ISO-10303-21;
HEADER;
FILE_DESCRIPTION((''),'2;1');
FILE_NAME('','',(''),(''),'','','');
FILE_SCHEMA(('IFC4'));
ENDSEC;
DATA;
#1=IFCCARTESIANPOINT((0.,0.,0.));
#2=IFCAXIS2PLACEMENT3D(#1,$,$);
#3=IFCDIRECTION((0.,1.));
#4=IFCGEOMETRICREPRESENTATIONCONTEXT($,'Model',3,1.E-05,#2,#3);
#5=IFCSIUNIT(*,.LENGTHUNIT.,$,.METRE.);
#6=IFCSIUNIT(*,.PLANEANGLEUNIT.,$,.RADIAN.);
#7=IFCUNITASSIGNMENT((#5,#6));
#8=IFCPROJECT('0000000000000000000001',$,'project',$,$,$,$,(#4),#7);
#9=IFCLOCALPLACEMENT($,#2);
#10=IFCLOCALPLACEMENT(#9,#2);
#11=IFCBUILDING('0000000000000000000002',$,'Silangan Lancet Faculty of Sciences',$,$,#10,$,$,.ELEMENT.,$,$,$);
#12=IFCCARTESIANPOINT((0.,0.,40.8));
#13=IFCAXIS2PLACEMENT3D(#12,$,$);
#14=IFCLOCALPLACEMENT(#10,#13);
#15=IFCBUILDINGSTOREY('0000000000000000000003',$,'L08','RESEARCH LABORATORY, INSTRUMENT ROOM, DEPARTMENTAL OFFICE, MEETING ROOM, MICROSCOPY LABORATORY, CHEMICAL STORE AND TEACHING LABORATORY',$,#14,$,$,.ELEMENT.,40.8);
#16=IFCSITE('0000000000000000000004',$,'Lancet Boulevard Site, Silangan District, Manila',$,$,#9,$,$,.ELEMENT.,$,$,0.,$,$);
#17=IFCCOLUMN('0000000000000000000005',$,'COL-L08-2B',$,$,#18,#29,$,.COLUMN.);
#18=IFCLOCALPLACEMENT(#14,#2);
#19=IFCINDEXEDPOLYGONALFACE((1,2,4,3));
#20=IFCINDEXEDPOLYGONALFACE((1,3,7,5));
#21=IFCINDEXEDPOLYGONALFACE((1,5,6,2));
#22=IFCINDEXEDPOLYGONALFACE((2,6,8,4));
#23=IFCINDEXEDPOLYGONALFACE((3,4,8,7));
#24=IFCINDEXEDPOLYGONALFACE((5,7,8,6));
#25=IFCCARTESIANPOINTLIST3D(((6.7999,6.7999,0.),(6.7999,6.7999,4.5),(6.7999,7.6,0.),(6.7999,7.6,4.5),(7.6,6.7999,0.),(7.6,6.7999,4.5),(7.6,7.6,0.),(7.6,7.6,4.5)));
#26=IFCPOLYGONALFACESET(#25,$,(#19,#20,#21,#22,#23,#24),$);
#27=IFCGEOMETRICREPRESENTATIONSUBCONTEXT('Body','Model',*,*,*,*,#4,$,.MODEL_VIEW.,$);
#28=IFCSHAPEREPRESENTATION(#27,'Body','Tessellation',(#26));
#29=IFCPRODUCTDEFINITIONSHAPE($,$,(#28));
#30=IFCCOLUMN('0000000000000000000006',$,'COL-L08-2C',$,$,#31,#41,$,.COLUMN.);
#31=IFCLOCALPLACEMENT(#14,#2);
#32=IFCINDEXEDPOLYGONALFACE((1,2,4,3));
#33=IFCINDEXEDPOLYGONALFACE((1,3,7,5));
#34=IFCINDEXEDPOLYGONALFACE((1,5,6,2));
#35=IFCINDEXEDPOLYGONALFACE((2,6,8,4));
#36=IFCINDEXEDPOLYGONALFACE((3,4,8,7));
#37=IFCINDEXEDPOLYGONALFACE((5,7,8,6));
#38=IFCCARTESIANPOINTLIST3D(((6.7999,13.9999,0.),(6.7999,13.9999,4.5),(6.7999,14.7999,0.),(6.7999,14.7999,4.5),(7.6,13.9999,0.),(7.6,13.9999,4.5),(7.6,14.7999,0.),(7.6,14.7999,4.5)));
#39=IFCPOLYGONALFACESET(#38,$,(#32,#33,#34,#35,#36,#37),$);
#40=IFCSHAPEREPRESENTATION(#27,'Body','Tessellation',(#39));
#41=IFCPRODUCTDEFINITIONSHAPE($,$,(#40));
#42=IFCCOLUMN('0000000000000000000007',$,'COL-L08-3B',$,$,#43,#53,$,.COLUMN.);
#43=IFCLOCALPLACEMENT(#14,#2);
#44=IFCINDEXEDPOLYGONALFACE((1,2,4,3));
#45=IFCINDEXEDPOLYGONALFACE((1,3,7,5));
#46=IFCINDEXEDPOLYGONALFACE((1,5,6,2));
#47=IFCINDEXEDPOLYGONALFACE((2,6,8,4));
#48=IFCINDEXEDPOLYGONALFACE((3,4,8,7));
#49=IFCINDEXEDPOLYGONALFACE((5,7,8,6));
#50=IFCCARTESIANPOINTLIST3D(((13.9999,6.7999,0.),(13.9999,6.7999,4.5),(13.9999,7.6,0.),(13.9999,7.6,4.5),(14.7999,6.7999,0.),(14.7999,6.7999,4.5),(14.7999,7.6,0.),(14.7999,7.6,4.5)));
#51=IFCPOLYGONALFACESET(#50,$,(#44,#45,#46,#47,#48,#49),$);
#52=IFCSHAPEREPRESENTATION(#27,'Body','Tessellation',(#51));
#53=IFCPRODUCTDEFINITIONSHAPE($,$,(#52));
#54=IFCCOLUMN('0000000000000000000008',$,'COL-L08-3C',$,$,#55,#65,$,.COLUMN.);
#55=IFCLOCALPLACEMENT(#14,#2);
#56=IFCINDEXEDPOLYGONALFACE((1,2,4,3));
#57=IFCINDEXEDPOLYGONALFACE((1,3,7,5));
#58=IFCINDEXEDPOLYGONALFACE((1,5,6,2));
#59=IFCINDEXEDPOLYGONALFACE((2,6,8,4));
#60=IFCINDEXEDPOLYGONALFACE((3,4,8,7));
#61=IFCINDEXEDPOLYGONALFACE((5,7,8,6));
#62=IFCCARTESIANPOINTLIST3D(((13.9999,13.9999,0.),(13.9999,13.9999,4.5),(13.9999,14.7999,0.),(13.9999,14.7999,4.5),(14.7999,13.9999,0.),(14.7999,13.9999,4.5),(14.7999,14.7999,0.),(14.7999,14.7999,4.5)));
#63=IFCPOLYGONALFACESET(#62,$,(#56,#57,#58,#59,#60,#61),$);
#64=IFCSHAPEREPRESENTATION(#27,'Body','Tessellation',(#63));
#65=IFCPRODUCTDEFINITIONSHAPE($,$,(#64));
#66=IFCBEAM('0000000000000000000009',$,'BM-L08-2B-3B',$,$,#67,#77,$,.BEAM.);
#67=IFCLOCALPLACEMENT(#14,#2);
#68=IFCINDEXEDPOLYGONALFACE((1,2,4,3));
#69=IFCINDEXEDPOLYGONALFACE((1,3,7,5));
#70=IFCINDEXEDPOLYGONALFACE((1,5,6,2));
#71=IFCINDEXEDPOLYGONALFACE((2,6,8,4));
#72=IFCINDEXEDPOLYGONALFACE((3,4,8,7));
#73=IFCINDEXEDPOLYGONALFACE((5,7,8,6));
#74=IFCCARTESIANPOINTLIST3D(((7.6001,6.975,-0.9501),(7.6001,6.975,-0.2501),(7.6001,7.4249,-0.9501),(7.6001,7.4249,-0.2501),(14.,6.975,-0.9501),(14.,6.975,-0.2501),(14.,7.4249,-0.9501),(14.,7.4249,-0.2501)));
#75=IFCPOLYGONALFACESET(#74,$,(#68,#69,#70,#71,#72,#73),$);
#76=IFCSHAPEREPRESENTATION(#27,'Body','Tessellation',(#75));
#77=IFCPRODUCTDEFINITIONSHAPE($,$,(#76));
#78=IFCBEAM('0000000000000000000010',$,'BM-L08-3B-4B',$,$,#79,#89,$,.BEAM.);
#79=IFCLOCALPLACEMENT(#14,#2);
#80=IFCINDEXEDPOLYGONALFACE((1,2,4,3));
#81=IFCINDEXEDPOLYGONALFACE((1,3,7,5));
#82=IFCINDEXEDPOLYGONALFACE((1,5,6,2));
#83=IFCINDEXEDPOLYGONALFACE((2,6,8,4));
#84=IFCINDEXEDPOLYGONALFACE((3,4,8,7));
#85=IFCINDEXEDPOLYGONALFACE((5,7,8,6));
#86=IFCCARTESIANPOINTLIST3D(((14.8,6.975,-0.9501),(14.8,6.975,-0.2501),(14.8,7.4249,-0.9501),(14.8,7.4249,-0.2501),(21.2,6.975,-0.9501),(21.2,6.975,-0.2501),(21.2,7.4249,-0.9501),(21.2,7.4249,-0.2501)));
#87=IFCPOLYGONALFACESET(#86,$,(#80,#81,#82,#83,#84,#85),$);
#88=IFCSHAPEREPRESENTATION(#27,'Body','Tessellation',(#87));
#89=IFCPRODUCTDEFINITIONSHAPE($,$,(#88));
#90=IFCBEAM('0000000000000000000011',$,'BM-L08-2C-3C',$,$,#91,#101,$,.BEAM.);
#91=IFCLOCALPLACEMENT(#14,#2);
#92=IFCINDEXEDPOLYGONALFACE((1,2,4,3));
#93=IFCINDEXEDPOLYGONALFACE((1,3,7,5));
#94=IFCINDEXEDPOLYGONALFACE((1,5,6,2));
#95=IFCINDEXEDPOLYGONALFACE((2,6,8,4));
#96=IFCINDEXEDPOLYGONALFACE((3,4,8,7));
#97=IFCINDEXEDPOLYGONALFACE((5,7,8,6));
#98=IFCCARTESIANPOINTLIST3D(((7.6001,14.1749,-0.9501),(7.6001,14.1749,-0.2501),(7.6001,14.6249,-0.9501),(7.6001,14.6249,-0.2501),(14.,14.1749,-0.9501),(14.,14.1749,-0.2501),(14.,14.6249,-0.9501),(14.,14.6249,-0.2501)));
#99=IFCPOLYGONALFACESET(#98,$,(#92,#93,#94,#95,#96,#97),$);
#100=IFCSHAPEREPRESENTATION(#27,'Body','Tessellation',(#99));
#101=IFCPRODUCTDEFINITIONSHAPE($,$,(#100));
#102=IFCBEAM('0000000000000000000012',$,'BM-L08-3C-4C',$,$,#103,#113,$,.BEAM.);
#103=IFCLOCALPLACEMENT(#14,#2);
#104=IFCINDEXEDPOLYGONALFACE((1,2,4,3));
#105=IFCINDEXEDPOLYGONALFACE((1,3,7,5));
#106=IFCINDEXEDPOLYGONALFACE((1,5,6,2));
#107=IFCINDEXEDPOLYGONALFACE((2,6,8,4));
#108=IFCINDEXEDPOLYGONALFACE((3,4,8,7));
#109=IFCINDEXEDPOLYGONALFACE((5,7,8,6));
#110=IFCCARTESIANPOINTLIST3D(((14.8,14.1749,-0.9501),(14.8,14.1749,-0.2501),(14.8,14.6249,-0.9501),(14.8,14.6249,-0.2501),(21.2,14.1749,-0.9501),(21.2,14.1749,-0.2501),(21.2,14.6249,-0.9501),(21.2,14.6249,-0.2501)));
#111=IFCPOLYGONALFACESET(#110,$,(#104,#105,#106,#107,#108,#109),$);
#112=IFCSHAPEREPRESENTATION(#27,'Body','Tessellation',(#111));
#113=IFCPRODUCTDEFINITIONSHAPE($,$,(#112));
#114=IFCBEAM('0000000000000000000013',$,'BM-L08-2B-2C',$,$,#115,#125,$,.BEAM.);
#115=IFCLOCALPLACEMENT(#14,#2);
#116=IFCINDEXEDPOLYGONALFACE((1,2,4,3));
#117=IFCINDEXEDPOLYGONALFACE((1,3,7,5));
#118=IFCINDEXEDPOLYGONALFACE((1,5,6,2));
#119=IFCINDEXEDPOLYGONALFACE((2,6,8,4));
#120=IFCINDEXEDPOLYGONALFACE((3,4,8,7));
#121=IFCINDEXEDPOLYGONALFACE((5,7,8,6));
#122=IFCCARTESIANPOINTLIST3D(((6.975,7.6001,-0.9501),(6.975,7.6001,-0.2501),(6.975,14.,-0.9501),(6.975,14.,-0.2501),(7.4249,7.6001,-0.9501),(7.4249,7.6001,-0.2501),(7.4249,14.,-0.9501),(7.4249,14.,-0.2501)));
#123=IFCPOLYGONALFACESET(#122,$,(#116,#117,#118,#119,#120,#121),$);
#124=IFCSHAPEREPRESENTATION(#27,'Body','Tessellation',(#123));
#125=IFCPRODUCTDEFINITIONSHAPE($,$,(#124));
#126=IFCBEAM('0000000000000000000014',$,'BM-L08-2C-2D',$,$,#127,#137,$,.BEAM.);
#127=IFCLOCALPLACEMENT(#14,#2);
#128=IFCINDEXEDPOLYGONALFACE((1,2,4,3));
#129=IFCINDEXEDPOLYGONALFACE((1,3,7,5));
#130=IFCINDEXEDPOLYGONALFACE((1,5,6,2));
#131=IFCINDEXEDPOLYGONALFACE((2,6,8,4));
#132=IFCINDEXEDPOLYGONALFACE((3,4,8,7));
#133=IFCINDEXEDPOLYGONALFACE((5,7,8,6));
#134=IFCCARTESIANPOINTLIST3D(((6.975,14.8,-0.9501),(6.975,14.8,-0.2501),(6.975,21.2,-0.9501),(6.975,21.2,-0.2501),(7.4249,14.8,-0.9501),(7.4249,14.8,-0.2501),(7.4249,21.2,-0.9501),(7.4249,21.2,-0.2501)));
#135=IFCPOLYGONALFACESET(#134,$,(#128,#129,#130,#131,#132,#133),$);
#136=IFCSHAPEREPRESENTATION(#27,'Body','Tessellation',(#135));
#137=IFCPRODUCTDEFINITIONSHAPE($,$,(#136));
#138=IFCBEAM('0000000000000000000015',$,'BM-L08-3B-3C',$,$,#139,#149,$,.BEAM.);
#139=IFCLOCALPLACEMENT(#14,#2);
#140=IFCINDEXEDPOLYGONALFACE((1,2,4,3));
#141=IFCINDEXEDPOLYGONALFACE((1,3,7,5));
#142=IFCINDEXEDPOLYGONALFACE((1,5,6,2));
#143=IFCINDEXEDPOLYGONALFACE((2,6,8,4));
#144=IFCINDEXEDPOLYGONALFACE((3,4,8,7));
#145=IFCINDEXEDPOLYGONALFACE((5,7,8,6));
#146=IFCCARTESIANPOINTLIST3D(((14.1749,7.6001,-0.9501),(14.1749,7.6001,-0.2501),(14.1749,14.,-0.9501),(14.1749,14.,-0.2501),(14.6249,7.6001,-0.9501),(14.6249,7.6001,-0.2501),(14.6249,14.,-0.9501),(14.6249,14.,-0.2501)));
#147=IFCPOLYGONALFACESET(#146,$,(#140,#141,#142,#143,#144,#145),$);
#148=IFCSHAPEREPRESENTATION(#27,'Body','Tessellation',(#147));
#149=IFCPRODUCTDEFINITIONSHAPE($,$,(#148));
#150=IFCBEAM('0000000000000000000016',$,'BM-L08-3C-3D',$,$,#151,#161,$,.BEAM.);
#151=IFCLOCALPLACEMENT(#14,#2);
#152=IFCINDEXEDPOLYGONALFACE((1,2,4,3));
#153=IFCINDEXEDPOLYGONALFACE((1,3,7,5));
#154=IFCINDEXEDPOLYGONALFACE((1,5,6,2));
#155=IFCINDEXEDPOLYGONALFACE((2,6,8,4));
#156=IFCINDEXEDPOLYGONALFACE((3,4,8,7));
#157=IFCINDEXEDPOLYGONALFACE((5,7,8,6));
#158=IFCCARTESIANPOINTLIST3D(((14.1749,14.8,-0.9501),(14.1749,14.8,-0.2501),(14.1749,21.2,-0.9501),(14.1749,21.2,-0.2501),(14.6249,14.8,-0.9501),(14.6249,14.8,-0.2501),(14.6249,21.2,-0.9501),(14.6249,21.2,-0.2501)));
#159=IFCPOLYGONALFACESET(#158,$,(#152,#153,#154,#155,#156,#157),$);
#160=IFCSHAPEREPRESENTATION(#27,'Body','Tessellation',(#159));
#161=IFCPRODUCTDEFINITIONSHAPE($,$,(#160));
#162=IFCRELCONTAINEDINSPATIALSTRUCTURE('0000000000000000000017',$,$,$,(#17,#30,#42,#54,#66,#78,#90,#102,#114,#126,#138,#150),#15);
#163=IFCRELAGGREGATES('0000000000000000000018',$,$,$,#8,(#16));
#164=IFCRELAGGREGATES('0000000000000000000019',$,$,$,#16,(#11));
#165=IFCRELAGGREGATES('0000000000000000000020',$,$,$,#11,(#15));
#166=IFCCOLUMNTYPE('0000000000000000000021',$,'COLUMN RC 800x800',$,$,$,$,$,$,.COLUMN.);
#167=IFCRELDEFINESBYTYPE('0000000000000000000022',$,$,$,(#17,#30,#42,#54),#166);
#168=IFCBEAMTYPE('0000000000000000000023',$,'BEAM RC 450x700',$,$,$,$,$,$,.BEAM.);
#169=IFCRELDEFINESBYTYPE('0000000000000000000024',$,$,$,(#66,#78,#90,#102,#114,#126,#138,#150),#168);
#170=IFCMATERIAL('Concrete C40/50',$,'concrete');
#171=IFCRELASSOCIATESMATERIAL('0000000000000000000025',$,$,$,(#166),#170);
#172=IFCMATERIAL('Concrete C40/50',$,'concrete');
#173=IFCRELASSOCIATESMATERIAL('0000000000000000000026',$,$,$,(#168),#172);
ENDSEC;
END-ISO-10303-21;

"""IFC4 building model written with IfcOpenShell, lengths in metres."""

from ifc_helpers import new_model, si_unit, direction, frame, origin, origin_2d, place, context, subcontext, project, spatial, rectangle, extrude, material, material_profile, profile_set, type_object, element, save


model = new_model("IFC4")

# Units and contexts
model_context = context("Model", 3, precision=1e-05, world=origin(), true_north=direction((0.0, 1.0)))
body_context = subcontext(model_context, "Body", "Model", "MODEL_VIEW")
ifc_project = project(units=[si_unit("LENGTHUNIT", "METRE"), si_unit("PLANEANGLEUNIT", "RADIAN")], contexts=[model_context])

# Site, building, storey
site_placement = place(None, origin())
site = spatial("IfcSite", under=ifc_project, at=site_placement, Name="Lancet Boulevard Site, Silangan District, Manila", CompositionType="ELEMENT", RefElevation=0.0)
building_placement = place(site_placement, origin())
building = spatial("IfcBuilding", under=site, at=building_placement, Name="Silangan Lancet Faculty of Sciences", CompositionType="ELEMENT")
storey_placement = place(building_placement, frame((0.0, 0.0, 40.8)))
storey = spatial("IfcBuildingStorey", under=building, at=storey_placement, Name="L08", Description="RESEARCH LABORATORY, INSTRUMENT ROOM, DEPARTMENTAL OFFICE, MEETING ROOM, MICROSCOPY LABORATORY, CHEMICAL STORE AND TEACHING LABORATORY", CompositionType="ELEMENT", Elevation=40.8)

# Columns
ifc_material_1 = material(Name="Concrete C40/50", Category="concrete")
ifc_material_profile_1 = material_profile(ifc_material_1, rectangle(XDim=0.8, YDim=0.8, at=origin_2d()), Name="RC 800x800")
ifc_profile_set_1 = profile_set([ifc_material_profile_1], Name="Concrete C40/50")
column_type = type_object("IfcColumnType", Name="COLUMN RC 800x800", PredefinedType="COLUMN", material=ifc_profile_set_1)
for number, where, z_axis, x_axis, name in (
    (1, (7.2, 7.2, 0.0), (0.0, 0.0, 1.0), (1.0, 0.0, 0.0), "COL-L08-2B"),
    (2, (7.2, 14.3999, 0.0), (0.0, 0.0, 1.0), (1.0, 0.0, 0.0), "COL-L08-2C"),
    (3, (14.3999, 7.2, 0.0), (0.0, 0.0, 1.0), (1.0, 0.0, 0.0), "COL-L08-3B"),
    (4, (14.3999, 14.3999, 0.0), (0.0, 0.0, 1.0), (1.0, 0.0, 0.0), "COL-L08-3C"),
):
    element("IfcColumn", number, at=place(storey_placement, frame(where, z_axis=z_axis, x_axis=x_axis)), inside=storey, type_object=column_type, Name=name, PredefinedType="COLUMN", context=body_context, shape_type="SweptSolid", body=[
        extrude(rectangle(XDim=0.8, YDim=0.8, at=origin_2d()), origin(), (0.0, 0.0, 1.0), 4.5),
    ])

# Beams
ifc_material_2 = material(Name="Concrete C40/50", Category="concrete")
ifc_material_profile_2 = material_profile(ifc_material_2, rectangle(XDim=0.45, YDim=0.7, at=origin_2d()), Name="RC 450x700")
ifc_profile_set_2 = profile_set([ifc_material_profile_2], Name="Concrete C40/50")
beam_type = type_object("IfcBeamType", Name="BEAM RC 450x700", PredefinedType="BEAM", material=ifc_profile_set_2)
for number, where, z_axis, x_axis, name in (
    (5, (7.6001, 7.2, -0.6001), (1.0, 0.0, 0.0), (0.0, 1.0, 0.0), "BM-L08-2B-3B"),
    (6, (14.8, 7.2, -0.6001), (1.0, 0.0, 0.0), (0.0, 1.0, 0.0), "BM-L08-3B-4B"),
    (7, (7.6001, 14.3999, -0.6001), (1.0, 0.0, 0.0), (0.0, 1.0, 0.0), "BM-L08-2C-3C"),
    (8, (14.8, 14.3999, -0.6001), (1.0, 0.0, 0.0), (0.0, 1.0, 0.0), "BM-L08-3C-4C"),
    (9, (7.2, 7.6001, -0.6001), (0.0, 1.0, 0.0), (-1.0, 0.0, 0.0), "BM-L08-2B-2C"),
    (10, (7.2, 14.8, -0.6001), (0.0, 1.0, 0.0), (-1.0, 0.0, 0.0), "BM-L08-2C-2D"),
    (11, (14.3999, 7.6001, -0.6001), (0.0, 1.0, 0.0), (-1.0, 0.0, 0.0), "BM-L08-3B-3C"),
    (12, (14.3999, 14.8, -0.6001), (0.0, 1.0, 0.0), (-1.0, 0.0, 0.0), "BM-L08-3C-3D"),
):
    element("IfcBeam", number, at=place(storey_placement, frame(where, z_axis=z_axis, x_axis=x_axis)), inside=storey, type_object=beam_type, Name=name, PredefinedType="BEAM", context=body_context, shape_type="SweptSolid", body=[
        extrude(rectangle(XDim=0.45, YDim=0.7, at=origin_2d()), origin(), (0.0, 0.0, 1.0), 6.3999),
    ])

save(model, "model.ifc")
